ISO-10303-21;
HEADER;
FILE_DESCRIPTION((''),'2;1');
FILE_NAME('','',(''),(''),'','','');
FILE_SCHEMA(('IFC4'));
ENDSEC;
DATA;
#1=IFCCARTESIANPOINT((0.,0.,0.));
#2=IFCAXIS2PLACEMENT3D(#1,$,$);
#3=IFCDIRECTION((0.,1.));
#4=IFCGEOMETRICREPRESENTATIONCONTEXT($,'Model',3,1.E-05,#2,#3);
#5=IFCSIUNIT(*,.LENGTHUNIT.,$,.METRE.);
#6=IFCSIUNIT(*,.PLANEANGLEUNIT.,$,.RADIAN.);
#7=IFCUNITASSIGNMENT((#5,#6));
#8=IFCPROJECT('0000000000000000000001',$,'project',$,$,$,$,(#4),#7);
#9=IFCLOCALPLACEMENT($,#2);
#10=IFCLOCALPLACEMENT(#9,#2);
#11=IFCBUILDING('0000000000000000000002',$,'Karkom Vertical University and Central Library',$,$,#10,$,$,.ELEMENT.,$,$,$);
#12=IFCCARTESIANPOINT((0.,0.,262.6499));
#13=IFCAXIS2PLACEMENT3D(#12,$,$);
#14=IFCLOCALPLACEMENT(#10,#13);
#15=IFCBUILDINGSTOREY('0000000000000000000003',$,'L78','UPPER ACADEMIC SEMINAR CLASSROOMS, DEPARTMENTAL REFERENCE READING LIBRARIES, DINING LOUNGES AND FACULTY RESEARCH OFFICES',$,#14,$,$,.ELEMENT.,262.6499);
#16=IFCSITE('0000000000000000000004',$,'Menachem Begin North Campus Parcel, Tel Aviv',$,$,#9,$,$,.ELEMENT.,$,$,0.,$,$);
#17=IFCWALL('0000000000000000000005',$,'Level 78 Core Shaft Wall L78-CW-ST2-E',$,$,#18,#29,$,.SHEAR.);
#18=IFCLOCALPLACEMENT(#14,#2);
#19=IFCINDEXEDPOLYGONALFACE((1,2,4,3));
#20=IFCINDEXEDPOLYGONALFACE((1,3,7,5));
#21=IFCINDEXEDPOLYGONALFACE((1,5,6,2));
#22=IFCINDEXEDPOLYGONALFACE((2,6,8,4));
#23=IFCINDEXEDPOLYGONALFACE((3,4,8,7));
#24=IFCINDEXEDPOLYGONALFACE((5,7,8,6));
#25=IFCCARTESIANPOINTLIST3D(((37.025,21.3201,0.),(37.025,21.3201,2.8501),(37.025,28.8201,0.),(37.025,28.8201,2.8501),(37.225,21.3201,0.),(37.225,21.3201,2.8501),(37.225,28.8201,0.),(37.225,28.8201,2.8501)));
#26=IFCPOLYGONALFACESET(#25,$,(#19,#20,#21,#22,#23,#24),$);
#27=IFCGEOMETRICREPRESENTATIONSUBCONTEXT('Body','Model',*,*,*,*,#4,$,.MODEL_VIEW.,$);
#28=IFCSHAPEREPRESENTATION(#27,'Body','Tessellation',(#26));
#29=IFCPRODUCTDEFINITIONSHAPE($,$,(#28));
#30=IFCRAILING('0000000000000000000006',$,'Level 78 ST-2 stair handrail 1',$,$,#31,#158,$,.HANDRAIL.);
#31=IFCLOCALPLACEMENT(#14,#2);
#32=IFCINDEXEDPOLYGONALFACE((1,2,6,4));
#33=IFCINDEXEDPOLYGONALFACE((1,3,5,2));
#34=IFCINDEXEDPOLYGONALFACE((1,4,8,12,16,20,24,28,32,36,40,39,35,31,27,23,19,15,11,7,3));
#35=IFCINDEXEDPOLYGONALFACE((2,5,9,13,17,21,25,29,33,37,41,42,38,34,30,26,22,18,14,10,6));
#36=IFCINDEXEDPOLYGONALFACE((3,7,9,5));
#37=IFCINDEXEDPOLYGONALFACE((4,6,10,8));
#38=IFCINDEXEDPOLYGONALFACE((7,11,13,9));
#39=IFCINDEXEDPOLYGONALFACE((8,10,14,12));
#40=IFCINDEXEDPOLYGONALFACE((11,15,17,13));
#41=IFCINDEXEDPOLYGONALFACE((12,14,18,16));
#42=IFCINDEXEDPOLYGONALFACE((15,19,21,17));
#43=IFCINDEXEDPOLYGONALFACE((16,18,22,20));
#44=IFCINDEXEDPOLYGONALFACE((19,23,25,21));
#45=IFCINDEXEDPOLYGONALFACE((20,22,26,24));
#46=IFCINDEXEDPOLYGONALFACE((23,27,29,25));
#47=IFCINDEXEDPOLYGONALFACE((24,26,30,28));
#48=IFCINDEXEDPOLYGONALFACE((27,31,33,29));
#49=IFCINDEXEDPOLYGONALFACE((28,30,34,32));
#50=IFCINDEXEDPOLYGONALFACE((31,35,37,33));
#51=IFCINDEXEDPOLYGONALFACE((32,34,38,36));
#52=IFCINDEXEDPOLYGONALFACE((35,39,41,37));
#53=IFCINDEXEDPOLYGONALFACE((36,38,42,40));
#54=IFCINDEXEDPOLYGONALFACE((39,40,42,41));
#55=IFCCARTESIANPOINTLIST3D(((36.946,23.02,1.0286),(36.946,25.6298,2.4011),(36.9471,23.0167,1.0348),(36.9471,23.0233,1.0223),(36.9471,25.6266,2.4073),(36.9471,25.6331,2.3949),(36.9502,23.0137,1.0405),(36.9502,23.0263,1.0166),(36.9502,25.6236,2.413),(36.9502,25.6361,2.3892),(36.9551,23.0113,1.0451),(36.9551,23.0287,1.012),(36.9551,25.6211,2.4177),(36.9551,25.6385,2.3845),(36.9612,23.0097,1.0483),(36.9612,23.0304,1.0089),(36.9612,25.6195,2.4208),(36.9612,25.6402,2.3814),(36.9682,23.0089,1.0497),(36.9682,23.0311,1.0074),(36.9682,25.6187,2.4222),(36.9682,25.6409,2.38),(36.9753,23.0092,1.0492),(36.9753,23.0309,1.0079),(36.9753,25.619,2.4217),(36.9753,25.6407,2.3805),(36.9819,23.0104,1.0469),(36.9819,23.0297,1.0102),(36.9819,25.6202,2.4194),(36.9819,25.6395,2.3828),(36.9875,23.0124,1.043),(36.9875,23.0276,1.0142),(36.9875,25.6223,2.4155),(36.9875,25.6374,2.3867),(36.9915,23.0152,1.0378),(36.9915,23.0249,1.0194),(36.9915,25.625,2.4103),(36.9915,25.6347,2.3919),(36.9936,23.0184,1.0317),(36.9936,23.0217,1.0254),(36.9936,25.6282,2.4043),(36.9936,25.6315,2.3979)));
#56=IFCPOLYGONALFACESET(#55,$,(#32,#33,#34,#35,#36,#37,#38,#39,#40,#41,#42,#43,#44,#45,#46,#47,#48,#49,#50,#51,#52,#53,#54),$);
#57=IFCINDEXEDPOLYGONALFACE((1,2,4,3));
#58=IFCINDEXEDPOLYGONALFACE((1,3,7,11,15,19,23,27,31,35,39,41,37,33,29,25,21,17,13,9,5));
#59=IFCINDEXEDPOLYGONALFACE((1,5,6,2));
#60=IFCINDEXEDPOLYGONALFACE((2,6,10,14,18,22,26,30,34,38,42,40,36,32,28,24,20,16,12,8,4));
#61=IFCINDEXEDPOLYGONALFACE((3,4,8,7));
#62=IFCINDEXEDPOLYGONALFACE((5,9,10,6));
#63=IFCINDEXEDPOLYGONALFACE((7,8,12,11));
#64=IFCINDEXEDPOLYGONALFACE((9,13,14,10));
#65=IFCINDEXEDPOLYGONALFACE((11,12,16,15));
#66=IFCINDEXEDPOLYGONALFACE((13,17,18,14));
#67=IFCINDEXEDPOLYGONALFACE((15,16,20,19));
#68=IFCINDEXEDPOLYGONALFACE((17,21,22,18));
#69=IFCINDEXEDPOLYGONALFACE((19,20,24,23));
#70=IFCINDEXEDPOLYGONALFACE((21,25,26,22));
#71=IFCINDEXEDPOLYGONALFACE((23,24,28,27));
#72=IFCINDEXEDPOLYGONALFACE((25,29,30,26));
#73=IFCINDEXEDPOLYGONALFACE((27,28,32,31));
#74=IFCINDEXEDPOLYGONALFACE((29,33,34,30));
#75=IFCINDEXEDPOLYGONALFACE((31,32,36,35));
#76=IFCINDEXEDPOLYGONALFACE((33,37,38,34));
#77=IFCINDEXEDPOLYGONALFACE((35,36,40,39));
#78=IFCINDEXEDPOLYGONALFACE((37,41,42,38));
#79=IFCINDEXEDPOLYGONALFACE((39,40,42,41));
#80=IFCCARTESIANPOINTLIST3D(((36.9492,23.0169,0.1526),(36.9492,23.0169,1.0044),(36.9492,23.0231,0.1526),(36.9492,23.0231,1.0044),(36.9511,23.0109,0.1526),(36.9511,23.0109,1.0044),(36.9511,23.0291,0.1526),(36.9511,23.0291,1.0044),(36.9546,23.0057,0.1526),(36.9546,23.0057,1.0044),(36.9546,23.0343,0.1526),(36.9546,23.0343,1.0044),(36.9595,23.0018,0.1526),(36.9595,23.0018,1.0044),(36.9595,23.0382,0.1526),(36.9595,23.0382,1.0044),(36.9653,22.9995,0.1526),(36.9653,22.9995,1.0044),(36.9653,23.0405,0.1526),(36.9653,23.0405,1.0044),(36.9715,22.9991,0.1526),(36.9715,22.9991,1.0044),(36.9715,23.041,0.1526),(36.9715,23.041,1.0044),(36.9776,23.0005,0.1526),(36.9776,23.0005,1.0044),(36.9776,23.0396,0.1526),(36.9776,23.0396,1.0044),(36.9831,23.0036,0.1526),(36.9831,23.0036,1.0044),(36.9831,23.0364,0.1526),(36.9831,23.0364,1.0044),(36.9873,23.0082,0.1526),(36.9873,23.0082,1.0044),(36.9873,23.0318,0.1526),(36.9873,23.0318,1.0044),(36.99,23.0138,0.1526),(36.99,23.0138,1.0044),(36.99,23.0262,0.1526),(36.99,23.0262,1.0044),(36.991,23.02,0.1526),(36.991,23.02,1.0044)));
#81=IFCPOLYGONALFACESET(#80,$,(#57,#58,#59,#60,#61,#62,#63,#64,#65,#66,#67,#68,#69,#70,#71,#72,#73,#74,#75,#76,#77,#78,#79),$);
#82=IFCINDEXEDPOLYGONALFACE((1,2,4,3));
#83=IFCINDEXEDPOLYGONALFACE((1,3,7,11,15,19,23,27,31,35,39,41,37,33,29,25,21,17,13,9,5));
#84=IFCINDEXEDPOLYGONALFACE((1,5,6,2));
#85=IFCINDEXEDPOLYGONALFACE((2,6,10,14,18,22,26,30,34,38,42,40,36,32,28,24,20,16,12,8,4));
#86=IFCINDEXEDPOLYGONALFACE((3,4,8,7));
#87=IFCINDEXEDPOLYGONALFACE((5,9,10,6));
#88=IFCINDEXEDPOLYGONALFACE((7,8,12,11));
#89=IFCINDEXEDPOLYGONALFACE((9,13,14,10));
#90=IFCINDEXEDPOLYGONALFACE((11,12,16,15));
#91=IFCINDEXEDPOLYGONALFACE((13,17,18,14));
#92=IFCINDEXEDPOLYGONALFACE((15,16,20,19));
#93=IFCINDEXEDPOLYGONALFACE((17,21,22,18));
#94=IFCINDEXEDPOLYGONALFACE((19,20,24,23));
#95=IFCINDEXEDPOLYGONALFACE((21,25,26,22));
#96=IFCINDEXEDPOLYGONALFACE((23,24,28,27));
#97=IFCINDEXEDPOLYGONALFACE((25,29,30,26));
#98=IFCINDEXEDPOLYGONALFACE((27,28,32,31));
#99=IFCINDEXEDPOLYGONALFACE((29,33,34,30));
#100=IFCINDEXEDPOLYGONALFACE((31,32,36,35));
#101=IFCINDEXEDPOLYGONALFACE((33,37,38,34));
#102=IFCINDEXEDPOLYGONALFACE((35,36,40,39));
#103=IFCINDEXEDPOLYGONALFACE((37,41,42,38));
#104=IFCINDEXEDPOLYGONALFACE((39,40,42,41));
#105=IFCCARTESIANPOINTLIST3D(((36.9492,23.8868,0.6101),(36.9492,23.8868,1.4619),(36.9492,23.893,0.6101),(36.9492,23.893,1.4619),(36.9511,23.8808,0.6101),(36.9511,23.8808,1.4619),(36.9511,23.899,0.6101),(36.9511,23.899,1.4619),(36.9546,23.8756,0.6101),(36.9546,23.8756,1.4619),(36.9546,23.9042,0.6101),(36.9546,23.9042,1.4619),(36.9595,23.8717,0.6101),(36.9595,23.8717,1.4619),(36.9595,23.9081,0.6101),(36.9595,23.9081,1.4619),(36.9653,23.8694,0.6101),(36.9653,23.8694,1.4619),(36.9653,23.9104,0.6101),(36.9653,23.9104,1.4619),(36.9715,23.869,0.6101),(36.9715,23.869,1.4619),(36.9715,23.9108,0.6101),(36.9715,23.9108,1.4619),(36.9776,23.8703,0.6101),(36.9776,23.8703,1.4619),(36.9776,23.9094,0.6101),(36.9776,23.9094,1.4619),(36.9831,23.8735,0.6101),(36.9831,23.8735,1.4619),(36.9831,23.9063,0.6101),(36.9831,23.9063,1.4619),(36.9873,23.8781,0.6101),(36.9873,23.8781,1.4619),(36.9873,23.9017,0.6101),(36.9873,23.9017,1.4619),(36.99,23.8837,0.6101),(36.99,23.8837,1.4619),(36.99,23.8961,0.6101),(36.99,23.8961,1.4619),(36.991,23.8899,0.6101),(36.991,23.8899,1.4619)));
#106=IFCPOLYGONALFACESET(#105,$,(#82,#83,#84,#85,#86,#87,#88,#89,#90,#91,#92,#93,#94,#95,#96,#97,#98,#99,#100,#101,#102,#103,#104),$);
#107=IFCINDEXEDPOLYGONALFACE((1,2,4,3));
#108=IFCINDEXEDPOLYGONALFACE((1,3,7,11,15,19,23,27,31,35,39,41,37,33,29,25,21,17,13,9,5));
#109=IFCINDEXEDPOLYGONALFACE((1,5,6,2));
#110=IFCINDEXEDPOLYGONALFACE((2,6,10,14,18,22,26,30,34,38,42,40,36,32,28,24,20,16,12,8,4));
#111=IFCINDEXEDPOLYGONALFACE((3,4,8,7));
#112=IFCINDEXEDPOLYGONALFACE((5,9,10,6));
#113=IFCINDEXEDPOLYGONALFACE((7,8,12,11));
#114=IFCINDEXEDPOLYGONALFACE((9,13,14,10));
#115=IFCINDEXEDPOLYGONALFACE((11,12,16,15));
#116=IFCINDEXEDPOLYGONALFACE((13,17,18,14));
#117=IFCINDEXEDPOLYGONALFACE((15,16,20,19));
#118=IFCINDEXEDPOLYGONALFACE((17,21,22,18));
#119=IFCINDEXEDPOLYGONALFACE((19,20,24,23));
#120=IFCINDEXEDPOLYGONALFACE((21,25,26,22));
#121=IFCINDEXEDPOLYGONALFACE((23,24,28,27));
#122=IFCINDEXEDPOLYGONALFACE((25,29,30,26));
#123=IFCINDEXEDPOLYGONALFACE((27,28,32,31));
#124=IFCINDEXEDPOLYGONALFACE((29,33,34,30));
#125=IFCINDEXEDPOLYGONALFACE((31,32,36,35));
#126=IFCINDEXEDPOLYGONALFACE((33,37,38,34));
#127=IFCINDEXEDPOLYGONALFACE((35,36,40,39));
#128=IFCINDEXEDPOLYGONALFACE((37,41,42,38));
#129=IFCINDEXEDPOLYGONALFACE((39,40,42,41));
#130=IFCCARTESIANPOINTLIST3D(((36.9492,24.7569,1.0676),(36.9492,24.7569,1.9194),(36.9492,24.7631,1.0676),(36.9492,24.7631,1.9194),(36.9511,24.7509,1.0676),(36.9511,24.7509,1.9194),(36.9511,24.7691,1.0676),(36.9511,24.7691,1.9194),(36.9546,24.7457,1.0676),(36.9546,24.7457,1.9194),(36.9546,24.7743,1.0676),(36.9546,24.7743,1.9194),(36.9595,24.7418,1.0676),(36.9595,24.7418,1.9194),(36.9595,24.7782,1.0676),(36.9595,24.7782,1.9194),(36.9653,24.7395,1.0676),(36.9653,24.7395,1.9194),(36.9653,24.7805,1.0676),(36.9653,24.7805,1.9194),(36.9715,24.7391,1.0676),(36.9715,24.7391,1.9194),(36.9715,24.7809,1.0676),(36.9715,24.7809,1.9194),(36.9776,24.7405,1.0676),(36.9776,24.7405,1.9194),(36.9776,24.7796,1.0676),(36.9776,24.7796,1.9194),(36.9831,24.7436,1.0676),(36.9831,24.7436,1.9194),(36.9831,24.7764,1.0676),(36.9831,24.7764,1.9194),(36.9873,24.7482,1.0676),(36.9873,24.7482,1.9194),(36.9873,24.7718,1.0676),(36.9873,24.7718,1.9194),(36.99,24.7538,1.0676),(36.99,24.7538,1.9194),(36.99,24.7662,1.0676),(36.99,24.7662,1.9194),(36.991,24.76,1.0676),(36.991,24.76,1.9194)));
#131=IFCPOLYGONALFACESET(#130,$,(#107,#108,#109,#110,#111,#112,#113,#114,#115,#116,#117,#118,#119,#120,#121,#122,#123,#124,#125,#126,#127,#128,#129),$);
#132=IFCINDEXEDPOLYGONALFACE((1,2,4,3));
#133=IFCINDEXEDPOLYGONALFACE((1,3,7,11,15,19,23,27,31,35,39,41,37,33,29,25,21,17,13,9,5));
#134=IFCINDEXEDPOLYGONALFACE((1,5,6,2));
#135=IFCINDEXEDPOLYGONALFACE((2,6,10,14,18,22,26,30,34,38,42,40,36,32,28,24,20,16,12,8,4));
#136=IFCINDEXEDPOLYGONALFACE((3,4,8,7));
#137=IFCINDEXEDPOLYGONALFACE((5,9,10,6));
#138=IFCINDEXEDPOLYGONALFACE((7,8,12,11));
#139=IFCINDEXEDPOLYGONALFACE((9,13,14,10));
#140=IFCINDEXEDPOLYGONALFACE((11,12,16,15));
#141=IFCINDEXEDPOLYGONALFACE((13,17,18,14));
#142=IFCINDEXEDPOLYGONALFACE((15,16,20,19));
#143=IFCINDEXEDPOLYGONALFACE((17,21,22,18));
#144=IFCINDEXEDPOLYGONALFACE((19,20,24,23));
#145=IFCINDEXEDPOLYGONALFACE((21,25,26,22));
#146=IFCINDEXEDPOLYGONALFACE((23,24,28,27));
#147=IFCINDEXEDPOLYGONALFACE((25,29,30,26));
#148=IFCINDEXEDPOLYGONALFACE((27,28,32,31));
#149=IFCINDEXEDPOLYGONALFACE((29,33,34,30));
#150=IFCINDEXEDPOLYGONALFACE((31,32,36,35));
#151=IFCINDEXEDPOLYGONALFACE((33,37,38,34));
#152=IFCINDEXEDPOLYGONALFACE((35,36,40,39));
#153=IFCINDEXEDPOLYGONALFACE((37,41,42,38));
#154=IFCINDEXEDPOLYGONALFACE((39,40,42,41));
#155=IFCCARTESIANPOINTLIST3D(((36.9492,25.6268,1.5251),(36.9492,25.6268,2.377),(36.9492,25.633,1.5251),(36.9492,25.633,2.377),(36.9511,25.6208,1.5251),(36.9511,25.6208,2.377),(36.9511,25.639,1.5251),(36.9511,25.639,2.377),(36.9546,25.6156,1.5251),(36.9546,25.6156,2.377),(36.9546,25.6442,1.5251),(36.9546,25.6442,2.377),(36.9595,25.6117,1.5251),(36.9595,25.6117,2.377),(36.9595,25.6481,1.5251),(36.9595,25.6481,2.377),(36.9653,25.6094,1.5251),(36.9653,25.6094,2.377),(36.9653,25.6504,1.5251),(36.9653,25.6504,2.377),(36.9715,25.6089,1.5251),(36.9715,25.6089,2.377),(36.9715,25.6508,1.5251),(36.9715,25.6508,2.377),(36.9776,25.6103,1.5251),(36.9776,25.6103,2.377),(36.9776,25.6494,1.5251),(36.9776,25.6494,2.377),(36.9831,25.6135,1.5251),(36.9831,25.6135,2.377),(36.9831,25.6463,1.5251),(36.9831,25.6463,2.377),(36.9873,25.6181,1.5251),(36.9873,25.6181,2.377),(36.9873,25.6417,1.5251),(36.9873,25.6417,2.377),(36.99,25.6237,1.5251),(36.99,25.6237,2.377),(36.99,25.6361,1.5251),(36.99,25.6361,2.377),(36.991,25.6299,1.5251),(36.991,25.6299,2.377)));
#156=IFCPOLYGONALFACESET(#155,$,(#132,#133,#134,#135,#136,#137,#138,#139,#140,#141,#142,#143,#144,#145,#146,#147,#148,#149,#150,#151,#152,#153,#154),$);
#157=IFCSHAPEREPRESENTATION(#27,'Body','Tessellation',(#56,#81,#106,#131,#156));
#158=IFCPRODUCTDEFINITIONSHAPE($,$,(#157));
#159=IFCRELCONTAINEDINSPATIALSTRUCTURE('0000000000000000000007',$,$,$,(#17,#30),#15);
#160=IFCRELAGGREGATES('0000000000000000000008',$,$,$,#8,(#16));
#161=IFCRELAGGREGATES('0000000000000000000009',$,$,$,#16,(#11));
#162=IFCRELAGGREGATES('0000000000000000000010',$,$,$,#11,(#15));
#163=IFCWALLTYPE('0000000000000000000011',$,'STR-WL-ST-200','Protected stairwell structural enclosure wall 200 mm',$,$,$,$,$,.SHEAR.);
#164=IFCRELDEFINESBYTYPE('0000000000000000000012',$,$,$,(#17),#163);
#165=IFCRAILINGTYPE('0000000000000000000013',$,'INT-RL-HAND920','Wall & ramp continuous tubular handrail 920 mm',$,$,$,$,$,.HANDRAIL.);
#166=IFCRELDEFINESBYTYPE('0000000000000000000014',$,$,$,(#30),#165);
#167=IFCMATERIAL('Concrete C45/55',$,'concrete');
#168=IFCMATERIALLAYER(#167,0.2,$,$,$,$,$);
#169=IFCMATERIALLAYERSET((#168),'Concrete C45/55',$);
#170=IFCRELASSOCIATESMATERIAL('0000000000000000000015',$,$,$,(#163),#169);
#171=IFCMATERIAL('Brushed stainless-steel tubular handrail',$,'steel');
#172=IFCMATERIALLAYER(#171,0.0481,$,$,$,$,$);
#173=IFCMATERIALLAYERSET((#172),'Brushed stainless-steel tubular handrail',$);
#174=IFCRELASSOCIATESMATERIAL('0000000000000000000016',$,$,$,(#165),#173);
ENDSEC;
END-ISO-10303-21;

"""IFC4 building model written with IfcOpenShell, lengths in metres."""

from ifc_helpers import new_model, si_unit, direction, frame, frame_2d, origin, origin_2d, place, context, subcontext, project, spatial, rectangle, circle, extrude, material, layer, layer_set, type_object, element, save


model = new_model("IFC4")

# Units and contexts
model_context = context("Model", 3, precision=1e-05, world=origin(), true_north=direction((0.0, 1.0)))
body_context = subcontext(model_context, "Body", "Model", "MODEL_VIEW")
ifc_project = project(units=[si_unit("LENGTHUNIT", "METRE"), si_unit("PLANEANGLEUNIT", "RADIAN")], contexts=[model_context])

# Site, building, storey
site_placement = place(None, origin())
site = spatial("IfcSite", under=ifc_project, at=site_placement, Name="Menachem Begin North Campus Parcel, Tel Aviv", CompositionType="ELEMENT", RefElevation=0.0)
building_placement = place(site_placement, origin())
building = spatial("IfcBuilding", under=site, at=building_placement, Name="Karkom Vertical University and Central Library", CompositionType="ELEMENT")
storey_placement = place(building_placement, frame((0.0, 0.0, 262.6499)))
storey = spatial("IfcBuildingStorey", under=building, at=storey_placement, Name="L78", Description="UPPER ACADEMIC SEMINAR CLASSROOMS, DEPARTMENTAL REFERENCE READING LIBRARIES, DINING LOUNGES AND FACULTY RESEARCH OFFICES", CompositionType="ELEMENT", Elevation=262.6499)

# Shared definitions
ifc_material_1 = material(Name="Concrete C45/55", Category="concrete")

# Wall
ifc_layer_1 = layer(ifc_material_1, 0.2)
ifc_layer_set_1 = layer_set([ifc_layer_1], Name="Concrete C45/55")
wall_type_1 = type_object("IfcWallType", Name="STR-WL-ST-200", Description="Protected stairwell structural enclosure wall 200 mm", PredefinedType="SHEAR", material=ifc_layer_set_1)
wall_1_placement = place(storey_placement, frame((37.125, 21.3201, 0.0), z_axis=(0.0, 0.0, 1.0), x_axis=(0.0, 1.0, 0.0)))
element("IfcWall", 1, at=wall_1_placement, inside=storey, type_object=wall_type_1, Name="Level 78 Core Shaft Wall L78-CW-ST2-E", PredefinedType="SHEAR", context=body_context, shape_type="SweptSolid", body=[
    extrude(rectangle(XDim=7.5, YDim=0.2, at=frame_2d((3.75, 0.0))), origin(), (0.0, 0.0, 1.0), 2.8501),
])

# Railing
ifc_material_2 = material(Name="Brushed stainless-steel tubular handrail", Category="steel")
ifc_layer_2 = layer(ifc_material_2, 0.0481)
ifc_layer_set_2 = layer_set([ifc_layer_2], Name="Brushed stainless-steel tubular handrail")
railing_type = type_object("IfcRailingType", Name="INT-RL-HAND920", Description="Wall & ramp continuous tubular handrail 920 mm", PredefinedType="HANDRAIL", material=ifc_layer_set_2)
railing_placement = place(storey_placement, frame((36.97, 23.02, 0.1526)))
element("IfcRailing", 2, at=railing_placement, inside=storey, type_object=railing_type, Name="Level 78 ST-2 stair handrail 1", PredefinedType="HANDRAIL", context=body_context, shape_type="SweptSolid", body=[
    extrude(circle(Radius=0.0239, at=origin_2d()), frame((0.0, 0.0, 0.876), z_axis=(0.0, 0.885065, 0.465467), x_axis=(-1.0, 0.0, 0.0)), (0.0, 0.0, 1.0), 2.9487),
    extrude(circle(Radius=0.021, at=origin_2d()), origin(), (0.0, 0.0, 1.0), 0.8518),
    extrude(circle(Radius=0.021, at=origin_2d()), frame((0.0, 0.8699, 0.4575)), (0.0, 0.0, 1.0), 0.8518),
    extrude(circle(Radius=0.021, at=origin_2d()), frame((0.0, 1.74, 0.915)), (0.0, 0.0, 1.0), 0.8518),
    extrude(circle(Radius=0.021, at=origin_2d()), frame((0.0, 2.6099, 1.3726)), (0.0, 0.0, 1.0), 0.8518),
])

save(model, "model.ifc")
